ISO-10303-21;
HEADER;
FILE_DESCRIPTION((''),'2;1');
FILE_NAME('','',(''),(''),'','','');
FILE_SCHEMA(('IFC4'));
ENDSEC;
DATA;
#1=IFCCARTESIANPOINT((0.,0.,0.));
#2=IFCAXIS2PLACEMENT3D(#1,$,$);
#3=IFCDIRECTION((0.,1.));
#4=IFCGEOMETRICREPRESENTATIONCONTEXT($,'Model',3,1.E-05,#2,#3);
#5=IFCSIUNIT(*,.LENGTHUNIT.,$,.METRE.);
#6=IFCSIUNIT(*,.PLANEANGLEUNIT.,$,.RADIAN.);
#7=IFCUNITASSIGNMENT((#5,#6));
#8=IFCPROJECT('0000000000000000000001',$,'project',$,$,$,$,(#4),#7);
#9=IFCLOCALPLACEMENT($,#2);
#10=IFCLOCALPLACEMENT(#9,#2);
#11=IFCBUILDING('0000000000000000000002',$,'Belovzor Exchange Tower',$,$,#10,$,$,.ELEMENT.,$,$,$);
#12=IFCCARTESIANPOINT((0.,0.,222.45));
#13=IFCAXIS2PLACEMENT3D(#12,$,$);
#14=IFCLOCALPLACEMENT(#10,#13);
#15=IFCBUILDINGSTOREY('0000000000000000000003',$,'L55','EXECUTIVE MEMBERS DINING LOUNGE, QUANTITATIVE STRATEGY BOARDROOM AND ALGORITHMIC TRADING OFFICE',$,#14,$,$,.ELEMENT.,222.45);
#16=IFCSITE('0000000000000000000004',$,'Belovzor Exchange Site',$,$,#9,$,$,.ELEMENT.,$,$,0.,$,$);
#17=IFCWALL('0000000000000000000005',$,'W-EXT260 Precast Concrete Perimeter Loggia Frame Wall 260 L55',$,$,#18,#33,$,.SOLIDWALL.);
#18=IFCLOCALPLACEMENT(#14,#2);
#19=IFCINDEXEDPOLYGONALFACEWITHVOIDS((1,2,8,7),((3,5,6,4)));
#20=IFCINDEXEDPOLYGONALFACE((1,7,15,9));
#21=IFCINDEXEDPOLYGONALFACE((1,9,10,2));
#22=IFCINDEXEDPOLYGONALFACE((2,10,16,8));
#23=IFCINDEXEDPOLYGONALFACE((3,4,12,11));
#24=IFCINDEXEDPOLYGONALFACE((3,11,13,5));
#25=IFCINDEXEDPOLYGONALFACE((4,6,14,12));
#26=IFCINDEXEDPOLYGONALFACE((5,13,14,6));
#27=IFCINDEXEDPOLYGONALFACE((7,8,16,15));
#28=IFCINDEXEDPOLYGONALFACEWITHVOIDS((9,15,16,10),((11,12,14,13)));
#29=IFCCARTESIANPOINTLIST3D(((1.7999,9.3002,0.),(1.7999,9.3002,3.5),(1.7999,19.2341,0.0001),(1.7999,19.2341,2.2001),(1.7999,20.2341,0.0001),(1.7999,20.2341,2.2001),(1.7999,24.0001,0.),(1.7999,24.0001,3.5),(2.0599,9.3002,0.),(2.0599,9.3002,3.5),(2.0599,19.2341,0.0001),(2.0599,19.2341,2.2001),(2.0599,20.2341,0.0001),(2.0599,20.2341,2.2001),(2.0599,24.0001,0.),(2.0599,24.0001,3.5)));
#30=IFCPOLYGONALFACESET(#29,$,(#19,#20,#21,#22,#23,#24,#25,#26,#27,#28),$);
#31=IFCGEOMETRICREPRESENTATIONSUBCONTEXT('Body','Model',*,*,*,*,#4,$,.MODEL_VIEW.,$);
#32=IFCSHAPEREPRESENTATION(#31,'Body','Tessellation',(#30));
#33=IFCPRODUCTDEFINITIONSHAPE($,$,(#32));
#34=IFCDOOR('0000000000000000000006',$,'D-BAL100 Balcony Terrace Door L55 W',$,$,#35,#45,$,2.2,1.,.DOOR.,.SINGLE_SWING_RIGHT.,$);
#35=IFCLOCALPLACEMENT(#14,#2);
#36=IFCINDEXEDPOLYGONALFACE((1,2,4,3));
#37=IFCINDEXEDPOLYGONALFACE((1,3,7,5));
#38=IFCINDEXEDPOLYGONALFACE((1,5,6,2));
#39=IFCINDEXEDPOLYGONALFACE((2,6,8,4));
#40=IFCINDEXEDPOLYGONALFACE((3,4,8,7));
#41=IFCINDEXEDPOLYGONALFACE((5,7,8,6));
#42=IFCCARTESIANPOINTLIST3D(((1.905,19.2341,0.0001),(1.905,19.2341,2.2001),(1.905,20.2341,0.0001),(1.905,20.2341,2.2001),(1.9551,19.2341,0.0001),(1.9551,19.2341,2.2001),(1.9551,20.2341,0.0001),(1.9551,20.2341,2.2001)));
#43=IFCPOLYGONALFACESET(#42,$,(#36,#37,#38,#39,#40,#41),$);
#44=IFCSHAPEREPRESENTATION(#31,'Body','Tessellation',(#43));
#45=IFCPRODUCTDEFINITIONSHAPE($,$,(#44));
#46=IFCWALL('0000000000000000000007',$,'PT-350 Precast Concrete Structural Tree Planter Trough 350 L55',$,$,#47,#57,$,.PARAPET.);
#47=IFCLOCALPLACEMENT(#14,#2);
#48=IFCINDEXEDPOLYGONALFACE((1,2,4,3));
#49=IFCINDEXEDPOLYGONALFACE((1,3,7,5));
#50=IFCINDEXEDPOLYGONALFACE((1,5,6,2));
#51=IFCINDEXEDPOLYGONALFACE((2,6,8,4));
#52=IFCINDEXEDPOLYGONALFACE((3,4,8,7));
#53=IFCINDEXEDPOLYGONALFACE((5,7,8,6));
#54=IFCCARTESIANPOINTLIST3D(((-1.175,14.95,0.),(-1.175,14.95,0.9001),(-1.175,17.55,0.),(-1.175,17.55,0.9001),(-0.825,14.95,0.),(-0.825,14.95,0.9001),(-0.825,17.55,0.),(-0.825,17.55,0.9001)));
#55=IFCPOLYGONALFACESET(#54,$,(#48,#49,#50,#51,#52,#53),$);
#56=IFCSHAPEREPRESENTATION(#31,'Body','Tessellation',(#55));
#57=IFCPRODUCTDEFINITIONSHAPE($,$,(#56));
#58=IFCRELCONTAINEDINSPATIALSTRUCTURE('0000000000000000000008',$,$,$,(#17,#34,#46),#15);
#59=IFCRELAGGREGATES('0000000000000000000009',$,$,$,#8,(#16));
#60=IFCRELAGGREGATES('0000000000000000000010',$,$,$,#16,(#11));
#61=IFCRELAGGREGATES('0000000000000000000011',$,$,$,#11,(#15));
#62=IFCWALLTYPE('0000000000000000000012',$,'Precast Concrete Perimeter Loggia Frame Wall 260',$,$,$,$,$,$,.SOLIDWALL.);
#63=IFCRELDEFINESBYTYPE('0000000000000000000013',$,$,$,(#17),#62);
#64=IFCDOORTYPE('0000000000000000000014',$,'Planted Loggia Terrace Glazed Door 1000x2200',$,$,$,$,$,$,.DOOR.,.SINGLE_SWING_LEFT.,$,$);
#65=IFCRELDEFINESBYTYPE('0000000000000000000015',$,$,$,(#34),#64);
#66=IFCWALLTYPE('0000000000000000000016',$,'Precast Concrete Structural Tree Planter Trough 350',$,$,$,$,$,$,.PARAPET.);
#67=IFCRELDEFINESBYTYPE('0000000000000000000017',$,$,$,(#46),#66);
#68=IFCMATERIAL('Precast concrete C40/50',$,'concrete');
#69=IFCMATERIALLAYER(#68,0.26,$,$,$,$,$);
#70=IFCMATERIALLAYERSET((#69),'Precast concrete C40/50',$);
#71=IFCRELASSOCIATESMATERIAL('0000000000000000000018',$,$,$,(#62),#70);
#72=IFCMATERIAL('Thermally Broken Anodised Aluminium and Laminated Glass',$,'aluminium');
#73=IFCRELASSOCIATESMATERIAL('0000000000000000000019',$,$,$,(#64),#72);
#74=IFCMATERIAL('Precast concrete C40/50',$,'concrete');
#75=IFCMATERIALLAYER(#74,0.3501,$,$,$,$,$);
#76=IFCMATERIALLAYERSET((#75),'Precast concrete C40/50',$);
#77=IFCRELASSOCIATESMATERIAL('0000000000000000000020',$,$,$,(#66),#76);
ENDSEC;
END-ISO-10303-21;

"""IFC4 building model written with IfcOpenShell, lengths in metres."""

from ifc_helpers import new_model, si_unit, direction, frame, frame_2d, origin, place, context, subcontext, project, spatial, rectangle, extrude, material, layer, layer_set, type_object, element, fill, save


model = new_model("IFC4")

# Units and contexts
model_context = context("Model", 3, precision=1e-05, world=origin(), true_north=direction((0.0, 1.0)))
body_context = subcontext(model_context, "Body", "Model", "MODEL_VIEW")
ifc_project = project(units=[si_unit("LENGTHUNIT", "METRE"), si_unit("PLANEANGLEUNIT", "RADIAN")], contexts=[model_context])

# Site, building, storey
site_placement = place(None, origin())
site = spatial("IfcSite", under=ifc_project, at=site_placement, Name="Belovzor Exchange Site", CompositionType="ELEMENT", RefElevation=0.0)
building_placement = place(site_placement, origin())
building = spatial("IfcBuilding", under=site, at=building_placement, Name="Belovzor Exchange Tower", CompositionType="ELEMENT")
storey_placement = place(building_placement, frame((0.0, 0.0, 222.45)))
storey = spatial("IfcBuildingStorey", under=building, at=storey_placement, Name="L55", Description="EXECUTIVE MEMBERS DINING LOUNGE, QUANTITATIVE STRATEGY BOARDROOM AND ALGORITHMIC TRADING OFFICE", CompositionType="ELEMENT", Elevation=222.45)

# Wall, opening, door
ifc_material_1 = material(Name="Precast concrete C40/50", Category="concrete")
ifc_layer_1 = layer(ifc_material_1, 0.26)
ifc_layer_set_1 = layer_set([ifc_layer_1], Name="Precast concrete C40/50")
wall_type_1 = type_object("IfcWallType", Name="Precast Concrete Perimeter Loggia Frame Wall 260", PredefinedType="SOLIDWALL", material=ifc_layer_set_1)
wall_1_placement = place(storey_placement, frame((1.9299, 9.3, 0.0), z_axis=(0.0, 0.0, 1.0), x_axis=(0.0, 1.0, 0.0)))
wall_1 = element("IfcWall", 1, at=wall_1_placement, inside=storey, type_object=wall_type_1, Name="W-EXT260 Precast Concrete Perimeter Loggia Frame Wall 260 L55", PredefinedType="SOLIDWALL", context=body_context, shape_type="SweptSolid", body=[
    extrude(rectangle(XDim=14.7, YDim=0.26, at=frame_2d((7.3501, 0.0))), origin(), (0.0, 0.0, 1.0), 3.5),
])
opening_1_placement = place(wall_1_placement, frame((9.9341, 0.0, 0.0)))
opening_1 = element("IfcOpeningElement", 2, at=opening_1_placement, cuts=wall_1, PredefinedType="OPENING", context=body_context, shape_type="SweptSolid", body=[
    extrude(rectangle(XDim=1.0, YDim=2.2, at=frame_2d((0.5, 1.1001))), frame((0.0, 0.1399, 0.0), z_axis=(0.0, -1.0, 0.0), x_axis=(1.0, 0.0, 0.0)), (0.0, 0.0, 1.0), 0.28),
])
ifc_material_2 = material(Name="Thermally Broken Anodised Aluminium and Laminated Glass", Category="aluminium")
door_type_1 = type_object("IfcDoorType", Name="Planted Loggia Terrace Glazed Door 1000x2200", OperationType="SINGLE_SWING_LEFT", PredefinedType="DOOR", material=ifc_material_2)
door_1_placement = place(opening_1_placement, origin())
door_1 = element("IfcDoor", 3, at=door_1_placement, inside=storey, type_object=door_type_1, Name="D-BAL100 Balcony Terrace Door L55 W", OperationType="SINGLE_SWING_RIGHT", OverallHeight=2.2, OverallWidth=1.0, PredefinedType="DOOR", context=body_context, shape_type="SweptSolid", body=[
    extrude(rectangle(XDim=1.0, YDim=2.2, at=frame_2d((0.5, 1.1001))), frame((0.0, 0.0249, 0.0), z_axis=(0.0, -1.0, 0.0), x_axis=(1.0, 0.0, 0.0)), (0.0, 0.0, 1.0), 0.05),
])
fill(opening_1, door_1)

# Wall
ifc_material_3 = material(Name="Precast concrete C40/50", Category="concrete")
ifc_layer_2 = layer(ifc_material_3, 0.3501)
ifc_layer_set_2 = layer_set([ifc_layer_2], Name="Precast concrete C40/50")
wall_type_2 = type_object("IfcWallType", Name="Precast Concrete Structural Tree Planter Trough 350", PredefinedType="PARAPET", material=ifc_layer_set_2)
wall_2_placement = place(storey_placement, frame((-1.0, 14.95, 0.0), z_axis=(0.0, 0.0, 1.0), x_axis=(0.0, 1.0, 0.0)))
element("IfcWall", 4, at=wall_2_placement, inside=storey, type_object=wall_type_2, Name="PT-350 Precast Concrete Structural Tree Planter Trough 350 L55", PredefinedType="PARAPET", context=body_context, shape_type="SweptSolid", body=[
    extrude(rectangle(XDim=2.6001, YDim=0.3501, at=frame_2d((1.3, 0.0))), origin(), (0.0, 0.0, 1.0), 0.9001),
])

save(model, "model.ifc")
